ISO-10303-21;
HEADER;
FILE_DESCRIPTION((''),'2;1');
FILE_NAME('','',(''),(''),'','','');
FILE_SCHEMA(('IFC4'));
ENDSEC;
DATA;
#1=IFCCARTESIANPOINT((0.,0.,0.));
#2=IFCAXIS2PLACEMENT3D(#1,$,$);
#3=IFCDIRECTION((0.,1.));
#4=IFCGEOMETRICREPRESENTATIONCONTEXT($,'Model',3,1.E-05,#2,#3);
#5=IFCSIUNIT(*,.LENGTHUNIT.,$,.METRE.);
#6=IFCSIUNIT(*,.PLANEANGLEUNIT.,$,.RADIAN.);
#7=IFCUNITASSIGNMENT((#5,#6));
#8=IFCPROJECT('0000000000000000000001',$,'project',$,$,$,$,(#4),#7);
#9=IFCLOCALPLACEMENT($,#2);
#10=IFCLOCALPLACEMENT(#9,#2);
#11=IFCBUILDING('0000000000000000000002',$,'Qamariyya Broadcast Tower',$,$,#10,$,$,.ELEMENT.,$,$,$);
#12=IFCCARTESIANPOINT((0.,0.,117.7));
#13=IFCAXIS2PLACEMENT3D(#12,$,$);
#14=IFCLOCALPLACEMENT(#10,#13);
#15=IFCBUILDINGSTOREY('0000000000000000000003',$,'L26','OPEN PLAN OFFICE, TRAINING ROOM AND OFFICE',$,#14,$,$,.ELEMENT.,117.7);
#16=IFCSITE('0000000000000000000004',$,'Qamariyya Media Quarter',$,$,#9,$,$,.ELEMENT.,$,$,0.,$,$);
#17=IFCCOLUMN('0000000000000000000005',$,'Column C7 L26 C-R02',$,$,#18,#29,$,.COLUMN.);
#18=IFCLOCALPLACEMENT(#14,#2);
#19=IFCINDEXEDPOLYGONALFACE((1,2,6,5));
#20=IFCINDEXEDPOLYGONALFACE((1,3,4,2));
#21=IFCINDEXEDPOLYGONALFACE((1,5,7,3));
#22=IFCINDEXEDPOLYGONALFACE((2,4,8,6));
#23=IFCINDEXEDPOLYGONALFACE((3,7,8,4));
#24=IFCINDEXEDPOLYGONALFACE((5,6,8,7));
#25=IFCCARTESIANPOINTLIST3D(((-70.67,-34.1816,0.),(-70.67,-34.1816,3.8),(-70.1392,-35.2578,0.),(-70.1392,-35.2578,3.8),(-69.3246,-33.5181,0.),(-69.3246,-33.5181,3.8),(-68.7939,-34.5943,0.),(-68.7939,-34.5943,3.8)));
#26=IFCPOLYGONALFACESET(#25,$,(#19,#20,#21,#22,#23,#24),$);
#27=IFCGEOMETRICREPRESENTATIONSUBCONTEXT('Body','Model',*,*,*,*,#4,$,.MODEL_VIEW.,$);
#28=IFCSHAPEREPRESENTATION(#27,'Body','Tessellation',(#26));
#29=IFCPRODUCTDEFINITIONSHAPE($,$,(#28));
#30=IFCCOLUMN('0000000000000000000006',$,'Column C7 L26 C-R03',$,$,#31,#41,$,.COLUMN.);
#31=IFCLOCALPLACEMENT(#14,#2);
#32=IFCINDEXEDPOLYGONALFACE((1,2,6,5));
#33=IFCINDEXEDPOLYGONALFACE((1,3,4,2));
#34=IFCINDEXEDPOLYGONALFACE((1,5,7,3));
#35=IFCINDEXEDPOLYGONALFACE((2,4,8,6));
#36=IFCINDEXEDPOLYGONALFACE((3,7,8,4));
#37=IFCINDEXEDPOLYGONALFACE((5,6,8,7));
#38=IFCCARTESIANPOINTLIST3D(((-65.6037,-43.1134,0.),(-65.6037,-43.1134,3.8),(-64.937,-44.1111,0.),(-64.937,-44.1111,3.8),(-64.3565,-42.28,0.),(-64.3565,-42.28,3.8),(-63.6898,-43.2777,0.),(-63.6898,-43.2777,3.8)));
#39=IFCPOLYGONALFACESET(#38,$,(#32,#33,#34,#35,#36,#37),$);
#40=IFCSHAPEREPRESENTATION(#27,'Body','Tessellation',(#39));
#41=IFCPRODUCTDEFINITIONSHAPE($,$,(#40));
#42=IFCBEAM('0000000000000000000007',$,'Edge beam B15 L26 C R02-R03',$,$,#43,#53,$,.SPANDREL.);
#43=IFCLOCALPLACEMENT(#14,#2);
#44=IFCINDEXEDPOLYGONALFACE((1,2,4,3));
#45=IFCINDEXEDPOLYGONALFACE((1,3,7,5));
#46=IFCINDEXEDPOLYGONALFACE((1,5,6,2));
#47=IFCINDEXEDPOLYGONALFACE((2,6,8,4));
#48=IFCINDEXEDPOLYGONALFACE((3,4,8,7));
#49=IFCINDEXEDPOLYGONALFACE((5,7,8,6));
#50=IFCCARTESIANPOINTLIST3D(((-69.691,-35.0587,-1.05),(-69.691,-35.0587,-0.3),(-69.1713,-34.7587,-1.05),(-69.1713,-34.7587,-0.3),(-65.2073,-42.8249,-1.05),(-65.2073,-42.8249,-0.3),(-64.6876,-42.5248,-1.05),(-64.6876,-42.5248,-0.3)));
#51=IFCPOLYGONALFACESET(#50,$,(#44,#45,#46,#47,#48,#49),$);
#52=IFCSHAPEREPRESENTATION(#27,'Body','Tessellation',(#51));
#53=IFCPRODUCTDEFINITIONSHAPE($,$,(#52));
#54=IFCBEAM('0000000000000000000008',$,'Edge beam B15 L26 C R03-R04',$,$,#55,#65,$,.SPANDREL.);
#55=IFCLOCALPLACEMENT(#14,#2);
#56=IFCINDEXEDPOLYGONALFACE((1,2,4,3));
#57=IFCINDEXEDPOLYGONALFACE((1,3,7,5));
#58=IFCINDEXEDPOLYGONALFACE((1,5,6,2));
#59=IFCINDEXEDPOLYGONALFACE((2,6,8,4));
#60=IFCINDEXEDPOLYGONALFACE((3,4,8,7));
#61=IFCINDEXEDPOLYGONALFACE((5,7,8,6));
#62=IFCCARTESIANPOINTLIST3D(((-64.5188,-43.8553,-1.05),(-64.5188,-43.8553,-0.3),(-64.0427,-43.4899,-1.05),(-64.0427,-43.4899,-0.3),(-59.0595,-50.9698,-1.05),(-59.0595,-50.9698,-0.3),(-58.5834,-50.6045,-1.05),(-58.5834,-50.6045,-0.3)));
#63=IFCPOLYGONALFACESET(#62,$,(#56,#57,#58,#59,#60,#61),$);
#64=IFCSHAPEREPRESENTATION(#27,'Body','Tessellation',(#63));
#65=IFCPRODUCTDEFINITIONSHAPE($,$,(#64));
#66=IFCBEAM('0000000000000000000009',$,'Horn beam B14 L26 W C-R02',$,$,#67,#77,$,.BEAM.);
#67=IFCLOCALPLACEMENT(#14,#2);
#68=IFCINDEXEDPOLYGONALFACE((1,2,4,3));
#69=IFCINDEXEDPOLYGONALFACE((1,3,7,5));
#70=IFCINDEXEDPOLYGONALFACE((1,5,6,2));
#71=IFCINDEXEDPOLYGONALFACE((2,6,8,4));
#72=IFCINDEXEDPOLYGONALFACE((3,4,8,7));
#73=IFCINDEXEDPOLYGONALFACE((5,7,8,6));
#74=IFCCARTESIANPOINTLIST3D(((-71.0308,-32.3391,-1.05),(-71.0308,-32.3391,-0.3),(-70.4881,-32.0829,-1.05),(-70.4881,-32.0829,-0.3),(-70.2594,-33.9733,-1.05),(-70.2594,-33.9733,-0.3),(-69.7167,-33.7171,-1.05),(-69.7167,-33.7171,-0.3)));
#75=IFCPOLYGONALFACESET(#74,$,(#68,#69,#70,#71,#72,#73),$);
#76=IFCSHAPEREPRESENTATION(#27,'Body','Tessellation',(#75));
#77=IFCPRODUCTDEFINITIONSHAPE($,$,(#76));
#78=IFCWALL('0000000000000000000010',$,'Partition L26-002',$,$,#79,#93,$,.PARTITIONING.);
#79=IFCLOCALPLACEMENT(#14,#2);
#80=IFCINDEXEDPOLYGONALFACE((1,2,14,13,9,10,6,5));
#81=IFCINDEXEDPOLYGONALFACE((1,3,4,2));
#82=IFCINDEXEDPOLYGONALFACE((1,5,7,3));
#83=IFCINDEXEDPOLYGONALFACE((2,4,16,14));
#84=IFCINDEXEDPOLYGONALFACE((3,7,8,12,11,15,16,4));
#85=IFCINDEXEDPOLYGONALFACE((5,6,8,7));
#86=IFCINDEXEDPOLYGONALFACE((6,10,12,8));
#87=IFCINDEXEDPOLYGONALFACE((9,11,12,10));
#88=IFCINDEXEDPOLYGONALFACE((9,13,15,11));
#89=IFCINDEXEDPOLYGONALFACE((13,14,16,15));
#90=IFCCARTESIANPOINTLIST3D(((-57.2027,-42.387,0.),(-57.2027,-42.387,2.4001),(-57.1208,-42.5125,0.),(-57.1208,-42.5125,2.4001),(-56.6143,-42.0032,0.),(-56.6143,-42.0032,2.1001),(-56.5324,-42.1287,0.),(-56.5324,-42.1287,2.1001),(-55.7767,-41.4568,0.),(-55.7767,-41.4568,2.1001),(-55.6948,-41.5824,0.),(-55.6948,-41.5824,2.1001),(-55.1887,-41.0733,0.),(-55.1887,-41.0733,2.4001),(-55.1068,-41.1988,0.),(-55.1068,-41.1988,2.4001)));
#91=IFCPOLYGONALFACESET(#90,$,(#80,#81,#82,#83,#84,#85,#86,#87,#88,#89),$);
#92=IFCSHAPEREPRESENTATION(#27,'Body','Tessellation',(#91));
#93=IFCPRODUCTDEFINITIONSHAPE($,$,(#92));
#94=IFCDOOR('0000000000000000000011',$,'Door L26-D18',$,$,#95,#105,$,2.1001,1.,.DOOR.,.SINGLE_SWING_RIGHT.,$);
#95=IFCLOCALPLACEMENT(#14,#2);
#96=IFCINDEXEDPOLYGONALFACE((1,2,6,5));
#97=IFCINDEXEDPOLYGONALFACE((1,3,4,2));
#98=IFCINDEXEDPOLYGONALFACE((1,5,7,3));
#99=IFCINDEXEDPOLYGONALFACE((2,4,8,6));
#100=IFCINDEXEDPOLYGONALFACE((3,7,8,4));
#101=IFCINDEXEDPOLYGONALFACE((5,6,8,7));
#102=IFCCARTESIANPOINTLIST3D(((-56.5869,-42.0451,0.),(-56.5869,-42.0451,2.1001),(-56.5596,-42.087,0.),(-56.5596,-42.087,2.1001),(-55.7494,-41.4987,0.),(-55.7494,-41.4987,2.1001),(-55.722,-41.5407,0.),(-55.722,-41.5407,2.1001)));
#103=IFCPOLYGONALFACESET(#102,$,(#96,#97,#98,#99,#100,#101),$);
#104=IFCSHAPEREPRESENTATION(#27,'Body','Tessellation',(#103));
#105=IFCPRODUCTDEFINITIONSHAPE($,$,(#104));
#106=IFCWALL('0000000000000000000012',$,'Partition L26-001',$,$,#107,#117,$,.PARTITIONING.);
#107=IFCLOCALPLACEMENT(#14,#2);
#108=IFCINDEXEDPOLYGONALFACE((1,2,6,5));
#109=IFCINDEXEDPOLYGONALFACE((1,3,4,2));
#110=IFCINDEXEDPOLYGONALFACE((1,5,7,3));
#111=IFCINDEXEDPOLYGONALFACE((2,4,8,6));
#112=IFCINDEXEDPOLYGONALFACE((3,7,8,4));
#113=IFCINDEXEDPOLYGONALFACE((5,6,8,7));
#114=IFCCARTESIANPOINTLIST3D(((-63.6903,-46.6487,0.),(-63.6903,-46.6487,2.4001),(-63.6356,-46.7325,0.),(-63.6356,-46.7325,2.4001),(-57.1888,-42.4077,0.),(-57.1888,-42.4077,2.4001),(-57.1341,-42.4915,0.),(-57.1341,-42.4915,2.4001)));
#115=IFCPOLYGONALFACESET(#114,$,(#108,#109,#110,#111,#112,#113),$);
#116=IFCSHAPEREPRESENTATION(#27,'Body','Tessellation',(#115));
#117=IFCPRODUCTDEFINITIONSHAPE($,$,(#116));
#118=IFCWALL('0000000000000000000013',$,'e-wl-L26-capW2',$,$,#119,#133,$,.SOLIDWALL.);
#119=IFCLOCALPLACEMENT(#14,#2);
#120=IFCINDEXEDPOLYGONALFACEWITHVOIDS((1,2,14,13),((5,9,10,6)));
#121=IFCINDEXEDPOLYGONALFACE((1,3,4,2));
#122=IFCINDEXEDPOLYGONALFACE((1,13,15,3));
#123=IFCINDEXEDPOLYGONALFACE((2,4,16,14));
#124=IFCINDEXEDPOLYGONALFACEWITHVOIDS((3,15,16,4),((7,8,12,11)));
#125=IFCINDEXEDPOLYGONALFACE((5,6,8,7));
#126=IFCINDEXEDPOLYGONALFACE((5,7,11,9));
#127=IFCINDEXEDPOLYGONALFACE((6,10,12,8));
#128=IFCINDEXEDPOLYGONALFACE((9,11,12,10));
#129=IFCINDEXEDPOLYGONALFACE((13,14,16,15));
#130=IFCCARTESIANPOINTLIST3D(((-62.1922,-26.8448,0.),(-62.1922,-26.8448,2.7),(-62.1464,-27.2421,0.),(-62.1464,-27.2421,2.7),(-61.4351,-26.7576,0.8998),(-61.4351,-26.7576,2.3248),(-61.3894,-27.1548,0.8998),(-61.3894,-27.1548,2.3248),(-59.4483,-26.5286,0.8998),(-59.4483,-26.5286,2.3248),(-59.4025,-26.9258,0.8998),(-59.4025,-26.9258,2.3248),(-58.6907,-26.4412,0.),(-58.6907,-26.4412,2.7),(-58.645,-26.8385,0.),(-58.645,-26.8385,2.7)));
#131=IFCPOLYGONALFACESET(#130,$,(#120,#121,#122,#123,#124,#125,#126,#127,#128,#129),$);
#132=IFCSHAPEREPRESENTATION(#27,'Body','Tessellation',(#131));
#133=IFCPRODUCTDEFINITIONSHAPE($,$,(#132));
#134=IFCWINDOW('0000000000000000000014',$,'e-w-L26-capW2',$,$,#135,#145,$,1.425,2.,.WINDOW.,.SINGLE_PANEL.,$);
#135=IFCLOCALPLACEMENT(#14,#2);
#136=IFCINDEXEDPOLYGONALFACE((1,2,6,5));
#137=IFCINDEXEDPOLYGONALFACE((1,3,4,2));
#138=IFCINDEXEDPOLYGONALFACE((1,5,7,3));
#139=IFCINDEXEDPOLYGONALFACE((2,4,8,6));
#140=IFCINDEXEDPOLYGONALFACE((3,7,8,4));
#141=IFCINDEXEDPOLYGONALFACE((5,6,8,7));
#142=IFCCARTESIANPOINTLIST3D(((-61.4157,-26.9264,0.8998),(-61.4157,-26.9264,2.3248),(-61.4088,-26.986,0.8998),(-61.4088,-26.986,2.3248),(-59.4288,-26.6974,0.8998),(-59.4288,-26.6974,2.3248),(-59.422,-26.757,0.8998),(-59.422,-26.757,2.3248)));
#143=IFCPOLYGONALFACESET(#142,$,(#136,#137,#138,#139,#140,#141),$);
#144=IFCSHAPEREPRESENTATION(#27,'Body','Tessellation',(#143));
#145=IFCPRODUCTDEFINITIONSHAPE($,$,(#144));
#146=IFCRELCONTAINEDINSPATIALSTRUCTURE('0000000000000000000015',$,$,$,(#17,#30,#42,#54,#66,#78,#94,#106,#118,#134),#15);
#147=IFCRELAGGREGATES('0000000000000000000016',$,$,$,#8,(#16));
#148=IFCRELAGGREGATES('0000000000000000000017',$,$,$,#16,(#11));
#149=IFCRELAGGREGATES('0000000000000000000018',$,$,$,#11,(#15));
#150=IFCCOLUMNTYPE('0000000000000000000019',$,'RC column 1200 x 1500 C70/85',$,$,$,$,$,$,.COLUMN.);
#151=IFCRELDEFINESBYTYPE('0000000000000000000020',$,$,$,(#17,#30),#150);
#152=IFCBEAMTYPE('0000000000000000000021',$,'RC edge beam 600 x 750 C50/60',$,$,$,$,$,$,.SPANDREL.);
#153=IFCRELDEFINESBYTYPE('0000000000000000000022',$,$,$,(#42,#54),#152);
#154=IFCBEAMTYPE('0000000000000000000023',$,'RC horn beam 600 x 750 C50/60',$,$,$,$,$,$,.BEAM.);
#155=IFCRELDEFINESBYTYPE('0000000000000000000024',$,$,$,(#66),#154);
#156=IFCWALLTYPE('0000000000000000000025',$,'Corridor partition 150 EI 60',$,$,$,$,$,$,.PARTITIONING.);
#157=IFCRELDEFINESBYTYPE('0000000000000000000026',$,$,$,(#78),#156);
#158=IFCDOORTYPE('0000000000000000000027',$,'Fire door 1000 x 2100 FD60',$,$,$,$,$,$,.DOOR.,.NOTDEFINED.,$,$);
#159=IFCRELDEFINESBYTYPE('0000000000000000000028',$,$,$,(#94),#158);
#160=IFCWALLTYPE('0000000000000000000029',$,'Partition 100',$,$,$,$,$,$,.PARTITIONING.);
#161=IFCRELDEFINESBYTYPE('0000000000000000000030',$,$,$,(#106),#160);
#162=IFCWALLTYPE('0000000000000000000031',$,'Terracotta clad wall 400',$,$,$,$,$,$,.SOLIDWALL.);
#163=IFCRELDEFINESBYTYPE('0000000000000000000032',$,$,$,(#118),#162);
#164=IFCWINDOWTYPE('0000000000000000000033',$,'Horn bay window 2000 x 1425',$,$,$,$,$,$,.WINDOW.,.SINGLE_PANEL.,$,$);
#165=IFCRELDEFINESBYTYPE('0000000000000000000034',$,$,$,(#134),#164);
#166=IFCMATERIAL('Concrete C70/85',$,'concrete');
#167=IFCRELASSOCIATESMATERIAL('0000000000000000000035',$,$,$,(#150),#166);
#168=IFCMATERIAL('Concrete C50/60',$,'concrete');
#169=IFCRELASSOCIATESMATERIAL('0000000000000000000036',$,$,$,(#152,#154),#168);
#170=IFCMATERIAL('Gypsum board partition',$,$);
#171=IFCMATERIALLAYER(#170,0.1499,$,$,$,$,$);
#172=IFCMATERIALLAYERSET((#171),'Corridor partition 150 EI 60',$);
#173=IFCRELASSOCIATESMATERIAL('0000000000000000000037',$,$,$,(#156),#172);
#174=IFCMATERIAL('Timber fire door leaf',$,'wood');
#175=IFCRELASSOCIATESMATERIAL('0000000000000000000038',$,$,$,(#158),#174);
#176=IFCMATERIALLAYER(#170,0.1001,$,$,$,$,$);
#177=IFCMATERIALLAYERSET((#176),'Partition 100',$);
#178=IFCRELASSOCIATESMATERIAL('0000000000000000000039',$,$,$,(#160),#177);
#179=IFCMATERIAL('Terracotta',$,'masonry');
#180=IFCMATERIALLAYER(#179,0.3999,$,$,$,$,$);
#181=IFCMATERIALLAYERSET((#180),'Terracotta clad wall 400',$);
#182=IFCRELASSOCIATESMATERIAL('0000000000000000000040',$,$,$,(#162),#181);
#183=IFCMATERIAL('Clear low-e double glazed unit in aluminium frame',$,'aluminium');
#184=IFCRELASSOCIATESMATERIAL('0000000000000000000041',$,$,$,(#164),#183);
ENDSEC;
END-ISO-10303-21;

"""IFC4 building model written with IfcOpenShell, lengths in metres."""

from ifc_helpers import new_model, si_unit, direction, frame, frame_2d, origin, origin_2d, place, context, subcontext, project, spatial, rectangle, extrude, material, layer, layer_set, material_profile, profile_set, type_object, element, fill, save


model = new_model("IFC4")

# Units and contexts
model_context = context("Model", 3, precision=1e-05, world=origin(), true_north=direction((0.0, 1.0)))
body_context = subcontext(model_context, "Body", "Model", "MODEL_VIEW")
ifc_project = project(units=[si_unit("LENGTHUNIT", "METRE"), si_unit("PLANEANGLEUNIT", "RADIAN")], contexts=[model_context])

# Site, building, storey
site_placement = place(None, origin())
site = spatial("IfcSite", under=ifc_project, at=site_placement, Name="Qamariyya Media Quarter", CompositionType="ELEMENT", RefElevation=0.0)
building_placement = place(site_placement, origin())
building = spatial("IfcBuilding", under=site, at=building_placement, Name="Qamariyya Broadcast Tower", CompositionType="ELEMENT")
storey_placement = place(building_placement, frame((0.0, 0.0, 117.7)))
storey = spatial("IfcBuildingStorey", under=building, at=storey_placement, Name="L26", Description="OPEN PLAN OFFICE, TRAINING ROOM AND OFFICE", CompositionType="ELEMENT", Elevation=117.7)

# Columns
ifc_material_1 = material(Name="Concrete C70/85", Category="concrete")
ifc_material_profile_1 = material_profile(ifc_material_1, rectangle(XDim=1.2, YDim=1.5, at=origin_2d()))
ifc_profile_set_1 = profile_set([ifc_material_profile_1], Name="Concrete C70/85")
column_type = type_object("IfcColumnType", Name="RC column 1200 x 1500 C70/85", PredefinedType="COLUMN", material=ifc_profile_set_1)
for number, where, z_axis, x_axis, name in (
    (1, (-69.7319, -34.3879, 0.0), (0.0, 0.0, 1.0), (0.442289, -0.896873, 0.0), "Column C7 L26 C-R02"),
    (2, (-64.6467, -43.1956, 0.0), (0.0, 0.0, 1.0), (0.55557, -0.83147, 0.0), "Column C7 L26 C-R03"),
):
    element("IfcColumn", number, at=place(storey_placement, frame(where, z_axis=z_axis, x_axis=x_axis)), inside=storey, type_object=column_type, Name=name, PredefinedType="COLUMN", context=body_context, shape_type="SweptSolid", body=[
        extrude(rectangle(XDim=1.2, YDim=1.5, at=origin_2d()), origin(), (0.0, 0.0, 1.0), 3.8),
    ])

# Beams
ifc_material_2 = material(Name="Concrete C50/60", Category="concrete")
ifc_material_profile_2 = material_profile(ifc_material_2, rectangle(XDim=0.6001, YDim=0.75, at=origin_2d()))
ifc_profile_set_2 = profile_set([ifc_material_profile_2], Name="Concrete C50/60")
beam_type_1 = type_object("IfcBeamType", Name="RC edge beam 600 x 750 C50/60", PredefinedType="SPANDREL", material=ifc_profile_set_2)
beam_1_placement = place(storey_placement, frame((-69.4312, -34.9087, -0.675), z_axis=(0.49999, -0.866031, 0.0), x_axis=(0.866031, 0.49999, 0.0)))
element("IfcBeam", 3, at=beam_1_placement, inside=storey, type_object=beam_type_1, Name="Edge beam B15 L26 C R02-R03", PredefinedType="SPANDREL", context=body_context, shape_type="SweptSolid", body=[
    extrude(rectangle(XDim=0.6001, YDim=0.75, at=origin_2d()), origin(), (0.0, 0.0, 1.0), 8.9675),
])
beam_2_placement = place(storey_placement, frame((-64.2808, -43.6726, -0.675), z_axis=(0.608767, -0.793349, 0.0), x_axis=(0.793349, 0.608767, 0.0)))
element("IfcBeam", 4, at=beam_2_placement, inside=storey, type_object=beam_type_1, Name="Edge beam B15 L26 C R03-R04", PredefinedType="SPANDREL", context=body_context, shape_type="SweptSolid", body=[
    extrude(rectangle(XDim=0.6001, YDim=0.75, at=origin_2d()), origin(), (0.0, 0.0, 1.0), 8.9678),
])
ifc_material_profile_3 = material_profile(ifc_material_2, rectangle(XDim=0.6001, YDim=0.75, at=origin_2d()))
ifc_profile_set_3 = profile_set([ifc_material_profile_3], Name="Concrete C50/60")
beam_type_2 = type_object("IfcBeamType", Name="RC horn beam 600 x 750 C50/60", PredefinedType="BEAM", material=ifc_profile_set_3)
beam_3_placement = place(storey_placement, frame((-69.988, -33.8452, -0.675), z_axis=(-0.42689, 0.904304, 0.0), x_axis=(-0.904304, -0.42689, 0.0)))
element("IfcBeam", 5, at=beam_3_placement, inside=storey, type_object=beam_type_2, Name="Horn beam B14 L26 W C-R02", PredefinedType="BEAM", context=body_context, shape_type="SweptSolid", body=[
    extrude(rectangle(XDim=0.6001, YDim=0.75, at=origin_2d()), origin(), (0.0, 0.0, 1.0), 1.8071),
])

# Wall, opening, door
ifc_material_3 = material(Name="Gypsum board partition")
ifc_layer_1 = layer(ifc_material_3, 0.1499)
ifc_layer_set_1 = layer_set([ifc_layer_1], Name="Corridor partition 150 EI 60")
wall_type_1 = type_object("IfcWallType", Name="Corridor partition 150 EI 60", PredefinedType="PARTITIONING", material=ifc_layer_set_1)
wall_1_placement = place(storey_placement, frame((-57.1616, -42.4497, 0.0), z_axis=(0.0, 0.0, 1.0), x_axis=(0.837554, 0.546354, 0.0)))
wall_1 = element("IfcWall", 6, at=wall_1_placement, inside=storey, type_object=wall_type_1, Name="Partition L26-002", PredefinedType="PARTITIONING", context=body_context, shape_type="SweptSolid", body=[
    extrude(rectangle(XDim=2.4045, YDim=0.1499, at=frame_2d((1.2021, 0.0))), origin(), (0.0, 0.0, 1.0), 2.4001),
])
opening_1_placement = place(wall_1_placement, frame((0.7024, 0.0, 0.0)))
opening_1 = element("IfcOpeningElement", 7, at=opening_1_placement, cuts=wall_1, PredefinedType="OPENING", context=body_context, shape_type="SweptSolid", body=[
    extrude(rectangle(XDim=1.0, YDim=2.1001, at=frame_2d((0.5, 1.05))), frame((0.0, 0.085, 0.0), z_axis=(0.0, -1.0, 0.0), x_axis=(1.0, 0.0, 0.0)), (0.0, 0.0, 1.0), 0.1699),
])
ifc_material_4 = material(Name="Timber fire door leaf", Category="wood")
door_type = type_object("IfcDoorType", Name="Fire door 1000 x 2100 FD60", OperationType="NOTDEFINED", PredefinedType="DOOR", material=ifc_material_4)
door_placement = place(opening_1_placement, origin())
door = element("IfcDoor", 8, at=door_placement, inside=storey, type_object=door_type, Name="Door L26-D18", OperationType="SINGLE_SWING_RIGHT", OverallHeight=2.1001, OverallWidth=1.0, PredefinedType="DOOR", context=body_context, shape_type="SweptSolid", body=[
    extrude(rectangle(XDim=1.0, YDim=2.1001, at=frame_2d((0.5, 1.05))), frame((0.0, 0.0249, 0.0), z_axis=(0.0, -1.0, 0.0), x_axis=(1.0, 0.0, 0.0)), (0.0, 0.0, 1.0), 0.05),
])
fill(opening_1, door)

# Wall
ifc_layer_2 = layer(ifc_material_3, 0.1001)
ifc_layer_set_2 = layer_set([ifc_layer_2], Name="Partition 100")
wall_type_2 = type_object("IfcWallType", Name="Partition 100", PredefinedType="PARTITIONING", material=ifc_layer_set_2)
wall_2_placement = place(storey_placement, frame((-63.6631, -46.6907, 0.0), z_axis=(0.0, 0.0, 1.0), x_axis=(0.837559, 0.546347, 0.0)))
element("IfcWall", 9, at=wall_2_placement, inside=storey, type_object=wall_type_2, Name="Partition L26-001", PredefinedType="PARTITIONING", context=body_context, shape_type="SweptSolid", body=[
    extrude(rectangle(XDim=7.7625, YDim=0.1001, at=frame_2d((3.8813, 0.0))), origin(), (0.0, 0.0, 1.0), 2.4001),
])

# Wall, opening, window
ifc_material_5 = material(Name="Terracotta", Category="masonry")
ifc_layer_3 = layer(ifc_material_5, 0.3999)
ifc_layer_set_3 = layer_set([ifc_layer_3], Name="Terracotta clad wall 400")
wall_type_3 = type_object("IfcWallType", Name="Terracotta clad wall 400", PredefinedType="SOLIDWALL", material=ifc_layer_set_3)
wall_3_placement = place(storey_placement, frame((-58.668, -26.6399, 0.0), z_axis=(0.0, 0.0, 1.0), x_axis=(-0.993423, -0.114498, 0.0)))
wall_3 = element("IfcWall", 10, at=wall_3_placement, inside=storey, type_object=wall_type_3, Name="e-wl-L26-capW2", PredefinedType="SOLIDWALL", context=body_context, shape_type="SweptSolid", body=[
    extrude(rectangle(XDim=3.5247, YDim=0.3999, at=frame_2d((1.7622, 0.0))), origin(), (0.0, 0.0, 1.0), 2.7),
])
opening_2_placement = place(wall_3_placement, frame((0.7625, 0.0, 0.8999)))
opening_2 = element("IfcOpeningElement", 11, at=opening_2_placement, cuts=wall_3, PredefinedType="OPENING", context=body_context, shape_type="SweptSolid", body=[
    extrude(rectangle(XDim=2.0, YDim=1.425, at=frame_2d((1.0, 0.7124))), frame((0.0, 0.21, 0.0), z_axis=(0.0, -1.0, 0.0), x_axis=(1.0, 0.0, 0.0)), (0.0, 0.0, 1.0), 0.4199),
])
ifc_material_6 = material(Name="Clear low-e double glazed unit in aluminium frame", Category="aluminium")
window_type = type_object("IfcWindowType", Name="Horn bay window 2000 x 1425", PartitioningType="SINGLE_PANEL", PredefinedType="WINDOW", material=ifc_material_6)
window_1_placement = place(opening_2_placement, origin())
window_1 = element("IfcWindow", 12, at=window_1_placement, inside=storey, type_object=window_type, Name="e-w-L26-capW2", OverallHeight=1.425, OverallWidth=2.0, PartitioningType="SINGLE_PANEL", PredefinedType="WINDOW", context=body_context, shape_type="SweptSolid", body=[
    extrude(rectangle(XDim=2.0, YDim=1.425, at=frame_2d((1.0, 0.7124))), frame((0.0, 0.03, 0.0), z_axis=(0.0, -1.0, 0.0), x_axis=(1.0, 0.0, 0.0)), (0.0, 0.0, 1.0), 0.0601),
])
fill(opening_2, window_1)

save(model, "model.ifc")
